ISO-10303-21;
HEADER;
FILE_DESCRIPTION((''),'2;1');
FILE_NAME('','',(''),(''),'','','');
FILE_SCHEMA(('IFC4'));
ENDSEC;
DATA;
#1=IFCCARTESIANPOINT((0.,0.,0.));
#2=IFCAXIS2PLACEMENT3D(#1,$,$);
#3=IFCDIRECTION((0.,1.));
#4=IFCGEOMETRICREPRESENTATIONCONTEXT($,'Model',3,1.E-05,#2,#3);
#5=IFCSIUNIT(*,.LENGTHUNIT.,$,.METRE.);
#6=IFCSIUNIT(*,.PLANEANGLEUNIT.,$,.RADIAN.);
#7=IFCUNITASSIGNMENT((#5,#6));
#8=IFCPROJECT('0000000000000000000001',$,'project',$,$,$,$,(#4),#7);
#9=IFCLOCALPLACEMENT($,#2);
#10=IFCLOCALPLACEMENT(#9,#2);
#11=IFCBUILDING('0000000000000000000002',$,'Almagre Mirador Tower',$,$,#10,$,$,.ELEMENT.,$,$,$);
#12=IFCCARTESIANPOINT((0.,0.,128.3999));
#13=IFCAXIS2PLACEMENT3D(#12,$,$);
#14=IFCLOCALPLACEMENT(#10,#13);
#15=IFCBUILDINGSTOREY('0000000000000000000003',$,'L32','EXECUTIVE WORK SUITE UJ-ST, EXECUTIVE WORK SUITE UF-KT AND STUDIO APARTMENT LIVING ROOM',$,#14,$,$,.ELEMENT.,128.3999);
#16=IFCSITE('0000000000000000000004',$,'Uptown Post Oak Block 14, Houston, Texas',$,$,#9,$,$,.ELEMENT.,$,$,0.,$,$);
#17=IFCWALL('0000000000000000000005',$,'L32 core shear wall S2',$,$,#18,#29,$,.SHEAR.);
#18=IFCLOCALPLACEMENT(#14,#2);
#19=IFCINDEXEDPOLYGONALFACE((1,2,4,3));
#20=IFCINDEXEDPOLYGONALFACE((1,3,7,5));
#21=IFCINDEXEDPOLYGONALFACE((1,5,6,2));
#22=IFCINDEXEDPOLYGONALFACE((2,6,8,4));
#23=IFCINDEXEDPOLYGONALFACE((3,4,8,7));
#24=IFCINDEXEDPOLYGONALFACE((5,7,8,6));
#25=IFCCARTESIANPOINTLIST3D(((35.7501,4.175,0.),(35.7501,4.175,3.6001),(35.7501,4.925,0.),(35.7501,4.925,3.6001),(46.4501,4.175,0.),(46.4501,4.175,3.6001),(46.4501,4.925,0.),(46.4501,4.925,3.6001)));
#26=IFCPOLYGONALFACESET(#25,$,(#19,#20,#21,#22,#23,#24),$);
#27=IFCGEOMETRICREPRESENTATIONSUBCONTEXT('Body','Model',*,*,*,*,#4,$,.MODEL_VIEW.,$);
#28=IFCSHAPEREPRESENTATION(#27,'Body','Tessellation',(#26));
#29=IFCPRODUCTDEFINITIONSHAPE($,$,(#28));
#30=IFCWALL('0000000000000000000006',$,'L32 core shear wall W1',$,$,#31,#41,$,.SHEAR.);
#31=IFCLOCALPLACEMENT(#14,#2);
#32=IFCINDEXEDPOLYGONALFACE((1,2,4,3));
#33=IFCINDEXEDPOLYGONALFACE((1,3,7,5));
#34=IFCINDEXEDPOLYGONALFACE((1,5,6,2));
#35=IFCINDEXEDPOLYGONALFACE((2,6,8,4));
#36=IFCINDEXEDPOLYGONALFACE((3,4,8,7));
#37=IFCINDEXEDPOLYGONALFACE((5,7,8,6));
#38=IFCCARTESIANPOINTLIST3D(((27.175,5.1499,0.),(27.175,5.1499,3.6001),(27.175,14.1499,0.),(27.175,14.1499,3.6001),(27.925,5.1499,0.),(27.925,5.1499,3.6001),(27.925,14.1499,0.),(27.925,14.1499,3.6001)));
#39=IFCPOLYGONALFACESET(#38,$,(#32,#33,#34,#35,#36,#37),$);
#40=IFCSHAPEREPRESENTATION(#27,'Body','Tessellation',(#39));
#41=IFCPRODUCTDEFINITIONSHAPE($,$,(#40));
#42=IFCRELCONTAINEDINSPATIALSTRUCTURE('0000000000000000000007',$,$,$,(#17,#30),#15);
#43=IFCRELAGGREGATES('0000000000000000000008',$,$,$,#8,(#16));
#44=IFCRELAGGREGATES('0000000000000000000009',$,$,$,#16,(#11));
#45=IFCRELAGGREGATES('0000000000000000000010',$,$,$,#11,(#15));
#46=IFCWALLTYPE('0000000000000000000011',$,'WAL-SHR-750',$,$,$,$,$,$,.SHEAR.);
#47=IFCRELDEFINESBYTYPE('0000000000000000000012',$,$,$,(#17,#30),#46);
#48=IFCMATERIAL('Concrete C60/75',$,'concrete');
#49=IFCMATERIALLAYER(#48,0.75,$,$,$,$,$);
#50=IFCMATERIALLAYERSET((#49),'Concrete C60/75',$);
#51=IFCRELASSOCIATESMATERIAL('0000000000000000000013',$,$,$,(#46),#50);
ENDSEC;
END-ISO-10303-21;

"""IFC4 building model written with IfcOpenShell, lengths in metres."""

from ifc_helpers import new_model, si_unit, direction, frame, frame_2d, origin, place, context, subcontext, project, spatial, rectangle, extrude, material, layer, layer_set, type_object, element, save


model = new_model("IFC4")

# Units and contexts
model_context = context("Model", 3, precision=1e-05, world=origin(), true_north=direction((0.0, 1.0)))
body_context = subcontext(model_context, "Body", "Model", "MODEL_VIEW")
ifc_project = project(units=[si_unit("LENGTHUNIT", "METRE"), si_unit("PLANEANGLEUNIT", "RADIAN")], contexts=[model_context])

# Site, building, storey
site_placement = place(None, origin())
site = spatial("IfcSite", under=ifc_project, at=site_placement, Name="Uptown Post Oak Block 14, Houston, Texas", CompositionType="ELEMENT", RefElevation=0.0)
building_placement = place(site_placement, origin())
building = spatial("IfcBuilding", under=site, at=building_placement, Name="Almagre Mirador Tower", CompositionType="ELEMENT")
storey_placement = place(building_placement, frame((0.0, 0.0, 128.3999)))
storey = spatial("IfcBuildingStorey", under=building, at=storey_placement, Name="L32", Description="EXECUTIVE WORK SUITE UJ-ST, EXECUTIVE WORK SUITE UF-KT AND STUDIO APARTMENT LIVING ROOM", CompositionType="ELEMENT", Elevation=128.3999)

# Walls
ifc_material_1 = material(Name="Concrete C60/75", Category="concrete")
ifc_layer_1 = layer(ifc_material_1, 0.75)
ifc_layer_set_1 = layer_set([ifc_layer_1], Name="Concrete C60/75")
wall_type_1 = type_object("IfcWallType", Name="WAL-SHR-750", PredefinedType="SHEAR", material=ifc_layer_set_1)
wall_1_placement = place(storey_placement, frame((35.75, 4.55, 0.0), z_axis=(0.0, 0.0, 1.0), x_axis=(1.0, 0.0, 0.0)))
element("IfcWall", 1, at=wall_1_placement, inside=storey, type_object=wall_type_1, Name="L32 core shear wall S2", PredefinedType="SHEAR", context=body_context, shape_type="SweptSolid", body=[
    extrude(rectangle(XDim=10.7, YDim=0.75, at=frame_2d((5.3501, 0.0))), origin(), (0.0, 0.0, 1.0), 3.6001),
])
wall_2_placement = place(storey_placement, frame((27.55, 5.1499, 0.0), z_axis=(0.0, 0.0, 1.0), x_axis=(0.0, 1.0, 0.0)))
element("IfcWall", 2, at=wall_2_placement, inside=storey, type_object=wall_type_1, Name="L32 core shear wall W1", PredefinedType="SHEAR", context=body_context, shape_type="SweptSolid", body=[
    extrude(rectangle(XDim=9.0, YDim=0.75, at=frame_2d((4.5, 0.0))), origin(), (0.0, 0.0, 1.0), 3.6001),
])

save(model, "model.ifc")
